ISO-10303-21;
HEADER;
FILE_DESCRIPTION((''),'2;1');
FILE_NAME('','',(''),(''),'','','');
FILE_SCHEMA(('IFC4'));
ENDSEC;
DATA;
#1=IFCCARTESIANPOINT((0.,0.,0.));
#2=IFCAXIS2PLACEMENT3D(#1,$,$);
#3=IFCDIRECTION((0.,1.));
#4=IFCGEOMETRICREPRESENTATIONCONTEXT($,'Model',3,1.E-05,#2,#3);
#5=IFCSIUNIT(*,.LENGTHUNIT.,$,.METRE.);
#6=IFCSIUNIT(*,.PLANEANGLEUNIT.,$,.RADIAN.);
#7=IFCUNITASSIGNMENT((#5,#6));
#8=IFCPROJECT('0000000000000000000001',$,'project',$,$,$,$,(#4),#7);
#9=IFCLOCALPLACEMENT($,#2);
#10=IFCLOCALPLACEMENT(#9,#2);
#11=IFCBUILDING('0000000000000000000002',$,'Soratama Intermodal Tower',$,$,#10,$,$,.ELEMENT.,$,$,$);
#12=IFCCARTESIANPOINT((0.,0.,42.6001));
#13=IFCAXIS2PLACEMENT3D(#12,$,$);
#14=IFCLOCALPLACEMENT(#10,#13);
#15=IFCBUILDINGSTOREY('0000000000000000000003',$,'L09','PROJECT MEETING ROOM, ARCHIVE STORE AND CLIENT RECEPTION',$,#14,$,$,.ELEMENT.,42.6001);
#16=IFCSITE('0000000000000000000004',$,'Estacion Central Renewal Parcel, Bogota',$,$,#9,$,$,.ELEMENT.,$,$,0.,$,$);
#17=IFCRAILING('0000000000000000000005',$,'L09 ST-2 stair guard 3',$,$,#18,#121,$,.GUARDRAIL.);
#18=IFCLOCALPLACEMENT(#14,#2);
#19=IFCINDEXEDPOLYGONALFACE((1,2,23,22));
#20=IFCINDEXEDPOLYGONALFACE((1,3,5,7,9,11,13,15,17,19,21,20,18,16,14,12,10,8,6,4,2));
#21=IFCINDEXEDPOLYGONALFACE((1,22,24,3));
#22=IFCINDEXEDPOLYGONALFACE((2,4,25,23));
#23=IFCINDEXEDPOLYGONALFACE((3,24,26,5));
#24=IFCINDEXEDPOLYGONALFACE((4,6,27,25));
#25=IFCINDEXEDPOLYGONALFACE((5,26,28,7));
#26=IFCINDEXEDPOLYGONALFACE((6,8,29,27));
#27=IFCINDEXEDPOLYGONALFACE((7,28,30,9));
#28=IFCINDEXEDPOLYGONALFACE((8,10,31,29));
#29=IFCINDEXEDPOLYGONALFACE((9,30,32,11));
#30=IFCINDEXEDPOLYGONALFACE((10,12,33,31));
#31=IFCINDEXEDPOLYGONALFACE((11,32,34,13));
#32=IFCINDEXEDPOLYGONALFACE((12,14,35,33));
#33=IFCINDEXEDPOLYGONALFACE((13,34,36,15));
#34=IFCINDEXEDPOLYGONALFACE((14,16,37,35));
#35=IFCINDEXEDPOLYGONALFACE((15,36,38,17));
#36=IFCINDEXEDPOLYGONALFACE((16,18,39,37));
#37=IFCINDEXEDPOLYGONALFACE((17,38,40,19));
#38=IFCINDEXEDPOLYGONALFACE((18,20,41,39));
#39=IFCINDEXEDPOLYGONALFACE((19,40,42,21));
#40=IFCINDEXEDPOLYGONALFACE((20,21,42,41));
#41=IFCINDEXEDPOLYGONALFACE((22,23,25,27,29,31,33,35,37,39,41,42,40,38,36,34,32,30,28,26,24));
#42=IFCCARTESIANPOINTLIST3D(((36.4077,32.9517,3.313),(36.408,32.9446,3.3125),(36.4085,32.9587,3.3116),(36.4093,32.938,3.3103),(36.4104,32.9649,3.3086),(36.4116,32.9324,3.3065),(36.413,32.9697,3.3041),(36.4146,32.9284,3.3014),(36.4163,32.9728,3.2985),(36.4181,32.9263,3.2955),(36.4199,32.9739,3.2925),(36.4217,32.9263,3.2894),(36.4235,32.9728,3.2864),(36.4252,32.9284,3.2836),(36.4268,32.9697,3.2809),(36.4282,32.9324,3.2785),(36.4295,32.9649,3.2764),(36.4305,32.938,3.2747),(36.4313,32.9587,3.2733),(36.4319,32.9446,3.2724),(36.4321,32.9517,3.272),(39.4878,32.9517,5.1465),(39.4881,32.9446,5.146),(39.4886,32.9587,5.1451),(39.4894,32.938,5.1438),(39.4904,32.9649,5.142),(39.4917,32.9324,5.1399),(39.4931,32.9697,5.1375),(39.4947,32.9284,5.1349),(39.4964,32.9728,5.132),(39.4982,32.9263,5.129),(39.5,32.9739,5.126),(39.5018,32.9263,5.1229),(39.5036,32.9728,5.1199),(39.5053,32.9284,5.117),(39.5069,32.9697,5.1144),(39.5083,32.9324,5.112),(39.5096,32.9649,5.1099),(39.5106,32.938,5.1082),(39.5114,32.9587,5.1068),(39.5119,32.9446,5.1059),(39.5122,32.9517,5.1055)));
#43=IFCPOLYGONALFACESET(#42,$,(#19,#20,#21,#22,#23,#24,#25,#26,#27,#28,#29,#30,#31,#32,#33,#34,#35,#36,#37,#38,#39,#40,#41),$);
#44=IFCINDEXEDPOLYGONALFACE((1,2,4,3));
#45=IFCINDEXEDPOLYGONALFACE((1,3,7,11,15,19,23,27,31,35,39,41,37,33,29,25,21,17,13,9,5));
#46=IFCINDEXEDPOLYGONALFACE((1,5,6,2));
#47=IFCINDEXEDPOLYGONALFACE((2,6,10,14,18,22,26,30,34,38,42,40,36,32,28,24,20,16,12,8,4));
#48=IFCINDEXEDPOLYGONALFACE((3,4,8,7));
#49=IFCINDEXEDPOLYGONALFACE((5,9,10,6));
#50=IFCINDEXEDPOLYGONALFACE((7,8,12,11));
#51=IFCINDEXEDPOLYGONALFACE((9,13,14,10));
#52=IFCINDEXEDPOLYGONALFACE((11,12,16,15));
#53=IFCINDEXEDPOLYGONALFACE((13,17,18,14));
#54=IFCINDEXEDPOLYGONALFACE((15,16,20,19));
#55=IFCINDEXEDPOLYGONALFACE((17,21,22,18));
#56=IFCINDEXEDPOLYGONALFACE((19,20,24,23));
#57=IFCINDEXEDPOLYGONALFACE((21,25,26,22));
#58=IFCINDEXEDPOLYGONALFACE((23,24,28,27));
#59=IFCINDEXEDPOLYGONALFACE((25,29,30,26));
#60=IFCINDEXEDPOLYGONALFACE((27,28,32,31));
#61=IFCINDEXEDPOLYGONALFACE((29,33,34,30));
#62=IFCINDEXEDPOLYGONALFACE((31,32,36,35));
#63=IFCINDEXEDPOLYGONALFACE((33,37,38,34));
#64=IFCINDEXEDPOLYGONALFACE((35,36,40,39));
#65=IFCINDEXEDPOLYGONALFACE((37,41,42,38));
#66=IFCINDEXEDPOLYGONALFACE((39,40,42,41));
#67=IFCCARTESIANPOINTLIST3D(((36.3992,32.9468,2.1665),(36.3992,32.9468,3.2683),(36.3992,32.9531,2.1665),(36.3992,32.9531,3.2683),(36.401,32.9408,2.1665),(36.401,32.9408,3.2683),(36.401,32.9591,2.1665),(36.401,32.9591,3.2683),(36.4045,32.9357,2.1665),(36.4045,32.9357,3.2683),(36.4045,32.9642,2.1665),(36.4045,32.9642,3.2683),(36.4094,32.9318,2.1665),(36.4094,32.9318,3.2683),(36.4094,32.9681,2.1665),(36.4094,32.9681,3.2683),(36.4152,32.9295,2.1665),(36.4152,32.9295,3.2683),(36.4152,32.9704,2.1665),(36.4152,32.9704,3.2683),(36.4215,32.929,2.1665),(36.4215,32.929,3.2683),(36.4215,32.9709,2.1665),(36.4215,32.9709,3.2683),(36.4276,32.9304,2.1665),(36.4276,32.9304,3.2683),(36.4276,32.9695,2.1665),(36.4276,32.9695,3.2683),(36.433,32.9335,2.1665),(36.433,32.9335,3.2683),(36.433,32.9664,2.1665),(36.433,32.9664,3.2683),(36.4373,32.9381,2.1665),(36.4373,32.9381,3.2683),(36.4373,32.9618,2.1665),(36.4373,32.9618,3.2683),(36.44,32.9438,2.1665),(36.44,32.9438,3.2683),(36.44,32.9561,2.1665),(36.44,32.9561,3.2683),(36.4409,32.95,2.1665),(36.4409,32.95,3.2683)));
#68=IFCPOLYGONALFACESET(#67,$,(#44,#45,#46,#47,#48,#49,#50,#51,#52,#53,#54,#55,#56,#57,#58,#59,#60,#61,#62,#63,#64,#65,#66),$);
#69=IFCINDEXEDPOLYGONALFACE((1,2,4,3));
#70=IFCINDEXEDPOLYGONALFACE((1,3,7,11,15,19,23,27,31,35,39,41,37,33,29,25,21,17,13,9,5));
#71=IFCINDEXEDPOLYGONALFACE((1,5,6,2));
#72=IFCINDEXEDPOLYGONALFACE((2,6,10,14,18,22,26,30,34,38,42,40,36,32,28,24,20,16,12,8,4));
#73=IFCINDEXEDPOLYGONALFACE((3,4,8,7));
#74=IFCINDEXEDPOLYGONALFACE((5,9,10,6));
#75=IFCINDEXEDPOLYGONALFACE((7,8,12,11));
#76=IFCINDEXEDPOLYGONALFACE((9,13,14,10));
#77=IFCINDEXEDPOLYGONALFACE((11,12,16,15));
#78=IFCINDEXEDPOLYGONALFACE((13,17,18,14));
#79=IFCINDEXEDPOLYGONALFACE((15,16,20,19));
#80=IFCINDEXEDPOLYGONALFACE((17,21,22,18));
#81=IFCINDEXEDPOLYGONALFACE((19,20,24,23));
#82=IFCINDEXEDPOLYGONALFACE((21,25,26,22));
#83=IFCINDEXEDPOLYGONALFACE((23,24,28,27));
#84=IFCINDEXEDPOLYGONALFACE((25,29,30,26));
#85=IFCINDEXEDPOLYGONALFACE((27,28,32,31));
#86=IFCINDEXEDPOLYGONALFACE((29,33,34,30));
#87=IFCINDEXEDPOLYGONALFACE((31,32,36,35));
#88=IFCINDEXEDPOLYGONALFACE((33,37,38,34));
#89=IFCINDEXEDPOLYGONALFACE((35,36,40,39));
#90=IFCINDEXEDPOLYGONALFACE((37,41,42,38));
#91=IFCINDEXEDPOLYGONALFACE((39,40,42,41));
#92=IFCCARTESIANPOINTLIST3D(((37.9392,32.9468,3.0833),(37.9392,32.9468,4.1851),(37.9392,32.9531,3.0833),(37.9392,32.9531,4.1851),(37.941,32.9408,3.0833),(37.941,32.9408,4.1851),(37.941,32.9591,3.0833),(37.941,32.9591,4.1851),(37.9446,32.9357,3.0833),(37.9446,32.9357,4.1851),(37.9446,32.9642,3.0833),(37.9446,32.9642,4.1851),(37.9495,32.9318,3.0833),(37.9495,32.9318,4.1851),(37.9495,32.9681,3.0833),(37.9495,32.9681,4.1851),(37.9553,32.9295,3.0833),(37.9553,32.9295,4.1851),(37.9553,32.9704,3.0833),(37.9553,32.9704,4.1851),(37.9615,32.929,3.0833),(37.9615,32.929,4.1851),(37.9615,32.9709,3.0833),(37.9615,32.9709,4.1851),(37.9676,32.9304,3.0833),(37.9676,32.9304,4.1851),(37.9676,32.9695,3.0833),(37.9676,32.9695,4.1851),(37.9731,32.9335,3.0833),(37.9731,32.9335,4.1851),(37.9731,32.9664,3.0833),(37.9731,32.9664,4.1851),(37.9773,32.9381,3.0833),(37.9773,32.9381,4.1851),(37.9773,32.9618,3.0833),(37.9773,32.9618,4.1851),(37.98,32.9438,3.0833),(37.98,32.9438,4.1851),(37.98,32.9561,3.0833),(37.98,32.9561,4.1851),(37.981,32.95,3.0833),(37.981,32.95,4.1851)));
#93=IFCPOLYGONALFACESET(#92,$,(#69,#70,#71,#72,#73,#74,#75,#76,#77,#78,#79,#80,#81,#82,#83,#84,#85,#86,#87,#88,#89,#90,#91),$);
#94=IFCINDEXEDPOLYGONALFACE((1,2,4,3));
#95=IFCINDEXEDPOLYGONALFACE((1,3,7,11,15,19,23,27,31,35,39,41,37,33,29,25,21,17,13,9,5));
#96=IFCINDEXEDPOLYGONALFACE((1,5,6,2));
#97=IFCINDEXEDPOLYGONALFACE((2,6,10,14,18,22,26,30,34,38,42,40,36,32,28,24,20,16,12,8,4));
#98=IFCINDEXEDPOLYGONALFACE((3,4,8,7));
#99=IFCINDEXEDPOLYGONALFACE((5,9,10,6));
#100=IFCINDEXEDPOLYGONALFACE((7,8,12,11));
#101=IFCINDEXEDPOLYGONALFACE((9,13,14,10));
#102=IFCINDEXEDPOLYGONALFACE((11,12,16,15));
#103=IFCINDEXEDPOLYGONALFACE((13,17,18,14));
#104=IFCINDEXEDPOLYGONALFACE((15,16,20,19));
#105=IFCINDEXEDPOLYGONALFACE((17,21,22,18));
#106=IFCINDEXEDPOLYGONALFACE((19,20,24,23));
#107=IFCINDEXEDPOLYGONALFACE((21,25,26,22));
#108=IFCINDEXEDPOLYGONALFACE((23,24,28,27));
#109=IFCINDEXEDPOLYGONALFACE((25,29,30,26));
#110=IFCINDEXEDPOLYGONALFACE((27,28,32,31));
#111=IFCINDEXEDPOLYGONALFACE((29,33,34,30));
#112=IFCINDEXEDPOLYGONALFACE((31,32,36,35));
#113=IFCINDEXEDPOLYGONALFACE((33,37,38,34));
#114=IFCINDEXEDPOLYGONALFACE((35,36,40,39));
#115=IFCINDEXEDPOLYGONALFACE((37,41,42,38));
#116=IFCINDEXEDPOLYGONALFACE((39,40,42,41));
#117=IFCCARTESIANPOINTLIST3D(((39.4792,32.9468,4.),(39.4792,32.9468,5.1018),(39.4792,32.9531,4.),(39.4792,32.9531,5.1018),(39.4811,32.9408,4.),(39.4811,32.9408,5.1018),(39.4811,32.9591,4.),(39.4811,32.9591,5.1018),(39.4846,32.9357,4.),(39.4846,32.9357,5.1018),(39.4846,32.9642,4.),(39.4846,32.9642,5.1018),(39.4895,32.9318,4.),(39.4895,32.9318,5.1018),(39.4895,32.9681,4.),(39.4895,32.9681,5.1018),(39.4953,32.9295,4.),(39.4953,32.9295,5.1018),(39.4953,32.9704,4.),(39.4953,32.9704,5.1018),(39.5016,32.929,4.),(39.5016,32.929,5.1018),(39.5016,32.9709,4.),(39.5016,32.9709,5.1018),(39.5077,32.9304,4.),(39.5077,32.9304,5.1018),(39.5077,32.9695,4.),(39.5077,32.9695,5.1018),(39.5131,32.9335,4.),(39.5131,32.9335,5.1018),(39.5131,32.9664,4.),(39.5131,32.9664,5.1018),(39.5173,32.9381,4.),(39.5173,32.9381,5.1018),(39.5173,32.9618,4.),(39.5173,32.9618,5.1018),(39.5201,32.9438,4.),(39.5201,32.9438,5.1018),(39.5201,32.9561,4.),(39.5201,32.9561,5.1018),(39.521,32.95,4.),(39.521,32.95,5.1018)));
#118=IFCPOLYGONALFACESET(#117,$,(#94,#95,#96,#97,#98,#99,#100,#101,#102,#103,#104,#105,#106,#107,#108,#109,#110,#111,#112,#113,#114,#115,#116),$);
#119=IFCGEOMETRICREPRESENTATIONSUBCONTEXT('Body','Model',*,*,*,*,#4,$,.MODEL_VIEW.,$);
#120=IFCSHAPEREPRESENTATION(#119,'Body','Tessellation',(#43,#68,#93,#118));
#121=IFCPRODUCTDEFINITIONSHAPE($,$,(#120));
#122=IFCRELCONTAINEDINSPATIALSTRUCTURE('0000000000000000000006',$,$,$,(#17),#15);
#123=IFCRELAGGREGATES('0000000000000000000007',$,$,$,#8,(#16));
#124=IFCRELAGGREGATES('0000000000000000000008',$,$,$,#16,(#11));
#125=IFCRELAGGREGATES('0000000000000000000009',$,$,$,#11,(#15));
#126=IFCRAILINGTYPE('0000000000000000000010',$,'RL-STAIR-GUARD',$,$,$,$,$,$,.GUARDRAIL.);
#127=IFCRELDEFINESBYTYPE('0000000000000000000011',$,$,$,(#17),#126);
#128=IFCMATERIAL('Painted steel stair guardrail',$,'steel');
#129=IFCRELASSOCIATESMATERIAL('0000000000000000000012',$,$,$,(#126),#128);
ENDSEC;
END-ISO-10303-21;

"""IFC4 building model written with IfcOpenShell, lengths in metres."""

from ifc_helpers import new_model, si_unit, direction, frame, origin, origin_2d, place, context, subcontext, project, spatial, circle, extrude, material, type_object, element, save


model = new_model("IFC4")

# Units and contexts
model_context = context("Model", 3, precision=1e-05, world=origin(), true_north=direction((0.0, 1.0)))
body_context = subcontext(model_context, "Body", "Model", "MODEL_VIEW")
ifc_project = project(units=[si_unit("LENGTHUNIT", "METRE"), si_unit("PLANEANGLEUNIT", "RADIAN")], contexts=[model_context])

# Site, building, storey
site_placement = place(None, origin())
site = spatial("IfcSite", under=ifc_project, at=site_placement, Name="Estacion Central Renewal Parcel, Bogota", CompositionType="ELEMENT", RefElevation=0.0)
building_placement = place(site_placement, origin())
building = spatial("IfcBuilding", under=site, at=building_placement, Name="Soratama Intermodal Tower", CompositionType="ELEMENT")
storey_placement = place(building_placement, frame((0.0, 0.0, 42.6001)))
storey = spatial("IfcBuildingStorey", under=building, at=storey_placement, Name="L09", Description="PROJECT MEETING ROOM, ARCHIVE STORE AND CLIENT RECEPTION", CompositionType="ELEMENT", Elevation=42.6001)

# Railing
ifc_material_1 = material(Name="Painted steel stair guardrail", Category="steel")
railing_type_1 = type_object("IfcRailingType", Name="RL-STAIR-GUARD", PredefinedType="GUARDRAIL", material=ifc_material_1)
railing_1_placement = place(storey_placement, frame((36.4199, 32.95, 2.1665)))
element("IfcRailing", 1, at=railing_1_placement, inside=storey, type_object=railing_type_1, Name="L09 ST-2 stair guard 3", PredefinedType="GUARDRAIL", context=body_context, shape_type="SweptSolid", body=[
    extrude(circle(Radius=0.0239, at=origin_2d()), frame((0.0, 0.0, 1.126), z_axis=(0.859279, 0.0, 0.511508), x_axis=(0.0, 1.0, 0.0)), (0.0, 0.0, 1.0), 3.5845),
    extrude(circle(Radius=0.021, at=origin_2d()), origin(), (0.0, 0.0, 1.0), 1.1018),
    extrude(circle(Radius=0.021, at=origin_2d()), frame((1.54, 0.0, 0.9167)), (0.0, 0.0, 1.0), 1.1018),
    extrude(circle(Radius=0.021, at=origin_2d()), frame((3.0801, 0.0, 1.8335)), (0.0, 0.0, 1.0), 1.1018),
])

save(model, "model.ifc")
